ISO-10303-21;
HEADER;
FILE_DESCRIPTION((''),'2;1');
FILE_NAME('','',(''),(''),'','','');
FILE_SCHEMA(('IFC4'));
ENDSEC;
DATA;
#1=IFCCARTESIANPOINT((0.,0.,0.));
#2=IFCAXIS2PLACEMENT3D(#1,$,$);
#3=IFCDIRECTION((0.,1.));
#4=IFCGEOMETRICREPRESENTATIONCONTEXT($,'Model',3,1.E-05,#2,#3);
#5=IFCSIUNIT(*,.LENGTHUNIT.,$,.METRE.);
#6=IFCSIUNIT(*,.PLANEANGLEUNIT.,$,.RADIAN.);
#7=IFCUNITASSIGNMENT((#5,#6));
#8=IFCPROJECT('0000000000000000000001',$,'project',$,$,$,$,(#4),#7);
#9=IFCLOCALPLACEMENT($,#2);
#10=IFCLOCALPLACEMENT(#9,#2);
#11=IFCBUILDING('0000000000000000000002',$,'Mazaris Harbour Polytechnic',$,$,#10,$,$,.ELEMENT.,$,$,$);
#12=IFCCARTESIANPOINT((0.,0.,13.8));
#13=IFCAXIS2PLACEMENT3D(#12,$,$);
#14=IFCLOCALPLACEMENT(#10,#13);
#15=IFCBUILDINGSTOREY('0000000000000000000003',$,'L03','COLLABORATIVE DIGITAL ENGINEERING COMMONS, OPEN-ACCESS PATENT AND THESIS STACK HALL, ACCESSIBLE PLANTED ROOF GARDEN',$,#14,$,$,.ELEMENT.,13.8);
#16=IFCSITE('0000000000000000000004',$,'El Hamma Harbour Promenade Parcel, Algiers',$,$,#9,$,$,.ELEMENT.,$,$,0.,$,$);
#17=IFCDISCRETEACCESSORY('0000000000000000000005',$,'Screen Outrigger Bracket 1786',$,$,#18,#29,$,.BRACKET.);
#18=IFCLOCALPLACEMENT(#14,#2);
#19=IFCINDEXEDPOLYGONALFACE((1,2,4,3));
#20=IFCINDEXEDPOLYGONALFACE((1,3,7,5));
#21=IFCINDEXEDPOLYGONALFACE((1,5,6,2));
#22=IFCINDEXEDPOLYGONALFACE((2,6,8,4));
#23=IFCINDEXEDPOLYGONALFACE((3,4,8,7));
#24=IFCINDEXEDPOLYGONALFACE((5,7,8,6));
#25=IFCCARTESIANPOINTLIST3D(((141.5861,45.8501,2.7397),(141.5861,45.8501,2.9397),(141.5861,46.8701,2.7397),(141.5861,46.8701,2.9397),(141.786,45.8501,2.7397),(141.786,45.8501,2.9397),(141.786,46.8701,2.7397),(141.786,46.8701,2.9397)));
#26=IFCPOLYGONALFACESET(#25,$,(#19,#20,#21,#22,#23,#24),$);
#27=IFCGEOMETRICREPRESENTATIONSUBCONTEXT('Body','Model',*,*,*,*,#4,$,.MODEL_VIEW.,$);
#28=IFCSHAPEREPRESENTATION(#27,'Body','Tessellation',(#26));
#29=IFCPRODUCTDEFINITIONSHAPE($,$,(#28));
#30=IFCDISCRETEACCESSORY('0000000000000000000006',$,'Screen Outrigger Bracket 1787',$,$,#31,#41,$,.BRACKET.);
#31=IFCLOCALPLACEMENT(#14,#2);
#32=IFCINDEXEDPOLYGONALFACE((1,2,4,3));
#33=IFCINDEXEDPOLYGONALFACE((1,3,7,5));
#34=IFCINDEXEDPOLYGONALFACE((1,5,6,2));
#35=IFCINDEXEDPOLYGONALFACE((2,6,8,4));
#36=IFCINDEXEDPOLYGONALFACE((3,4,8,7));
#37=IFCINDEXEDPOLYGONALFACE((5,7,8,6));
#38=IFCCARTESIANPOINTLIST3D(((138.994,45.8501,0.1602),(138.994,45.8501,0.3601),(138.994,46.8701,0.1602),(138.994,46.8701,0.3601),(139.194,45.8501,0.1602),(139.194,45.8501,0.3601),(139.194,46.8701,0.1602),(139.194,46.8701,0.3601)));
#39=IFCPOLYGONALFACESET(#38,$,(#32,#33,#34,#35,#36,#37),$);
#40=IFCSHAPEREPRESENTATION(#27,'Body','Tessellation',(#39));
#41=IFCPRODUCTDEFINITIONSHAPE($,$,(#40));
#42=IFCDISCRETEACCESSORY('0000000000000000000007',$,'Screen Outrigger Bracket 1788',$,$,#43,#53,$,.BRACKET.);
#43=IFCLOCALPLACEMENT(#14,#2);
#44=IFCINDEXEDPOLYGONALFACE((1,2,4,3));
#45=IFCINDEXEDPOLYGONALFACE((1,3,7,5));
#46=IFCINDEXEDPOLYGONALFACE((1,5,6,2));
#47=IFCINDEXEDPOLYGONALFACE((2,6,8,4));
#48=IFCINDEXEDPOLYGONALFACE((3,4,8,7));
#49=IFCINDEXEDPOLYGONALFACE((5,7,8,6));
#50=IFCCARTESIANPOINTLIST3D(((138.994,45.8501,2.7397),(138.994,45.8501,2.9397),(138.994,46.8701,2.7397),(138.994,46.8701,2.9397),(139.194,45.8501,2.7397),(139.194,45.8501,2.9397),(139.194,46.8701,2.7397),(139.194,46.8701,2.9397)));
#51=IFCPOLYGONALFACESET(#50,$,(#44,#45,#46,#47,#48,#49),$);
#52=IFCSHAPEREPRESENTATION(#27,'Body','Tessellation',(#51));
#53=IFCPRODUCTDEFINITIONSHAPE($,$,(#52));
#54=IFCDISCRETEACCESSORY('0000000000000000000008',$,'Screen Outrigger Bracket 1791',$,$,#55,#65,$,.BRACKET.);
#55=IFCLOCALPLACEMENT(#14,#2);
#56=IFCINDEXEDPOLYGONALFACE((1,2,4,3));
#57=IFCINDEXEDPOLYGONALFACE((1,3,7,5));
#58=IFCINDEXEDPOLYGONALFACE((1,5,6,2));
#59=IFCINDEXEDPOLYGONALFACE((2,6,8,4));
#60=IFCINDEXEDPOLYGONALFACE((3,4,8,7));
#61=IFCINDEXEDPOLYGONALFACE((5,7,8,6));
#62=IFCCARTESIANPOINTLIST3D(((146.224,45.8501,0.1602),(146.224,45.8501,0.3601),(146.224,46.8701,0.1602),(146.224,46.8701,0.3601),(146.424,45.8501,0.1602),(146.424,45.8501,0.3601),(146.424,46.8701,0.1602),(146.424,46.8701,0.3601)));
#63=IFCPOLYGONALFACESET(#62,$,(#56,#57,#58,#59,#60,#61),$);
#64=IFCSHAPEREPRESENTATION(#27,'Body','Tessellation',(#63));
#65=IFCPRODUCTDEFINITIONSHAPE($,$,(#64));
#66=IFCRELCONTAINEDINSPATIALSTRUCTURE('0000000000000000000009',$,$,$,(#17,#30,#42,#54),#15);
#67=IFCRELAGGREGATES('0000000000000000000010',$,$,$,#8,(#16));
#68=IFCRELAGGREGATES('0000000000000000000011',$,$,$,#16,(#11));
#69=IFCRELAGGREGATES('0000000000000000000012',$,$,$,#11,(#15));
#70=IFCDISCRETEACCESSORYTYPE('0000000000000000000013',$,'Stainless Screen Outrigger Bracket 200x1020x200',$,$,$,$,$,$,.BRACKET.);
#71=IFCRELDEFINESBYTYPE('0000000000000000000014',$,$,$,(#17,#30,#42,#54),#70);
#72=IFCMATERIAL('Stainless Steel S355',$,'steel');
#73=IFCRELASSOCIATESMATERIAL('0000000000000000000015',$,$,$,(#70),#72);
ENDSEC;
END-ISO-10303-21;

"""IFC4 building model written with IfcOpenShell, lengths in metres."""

from ifc_helpers import new_model, si_unit, direction, frame, origin, origin_2d, place, context, subcontext, project, spatial, rectangle, extrude, material, type_object, element, save


model = new_model("IFC4")

# Units and contexts
model_context = context("Model", 3, precision=1e-05, world=origin(), true_north=direction((0.0, 1.0)))
body_context = subcontext(model_context, "Body", "Model", "MODEL_VIEW")
ifc_project = project(units=[si_unit("LENGTHUNIT", "METRE"), si_unit("PLANEANGLEUNIT", "RADIAN")], contexts=[model_context])

# Site, building, storey
site_placement = place(None, origin())
site = spatial("IfcSite", under=ifc_project, at=site_placement, Name="El Hamma Harbour Promenade Parcel, Algiers", CompositionType="ELEMENT", RefElevation=0.0)
building_placement = place(site_placement, origin())
building = spatial("IfcBuilding", under=site, at=building_placement, Name="Mazaris Harbour Polytechnic", CompositionType="ELEMENT")
storey_placement = place(building_placement, frame((0.0, 0.0, 13.8)))
storey = spatial("IfcBuildingStorey", under=building, at=storey_placement, Name="L03", Description="COLLABORATIVE DIGITAL ENGINEERING COMMONS, OPEN-ACCESS PATENT AND THESIS STACK HALL, ACCESSIBLE PLANTED ROOF GARDEN", CompositionType="ELEMENT", Elevation=13.8)

# Discrete accessories
ifc_material_1 = material(Name="Stainless Steel S355", Category="steel")
discrete_accessory_type = type_object("IfcDiscreteAccessoryType", Name="Stainless Screen Outrigger Bracket 200x1020x200", PredefinedType="BRACKET", material=ifc_material_1)
for number, where, z_axis, x_axis, name in (
    (1, (141.686, 46.3601, 2.7397), (0.0, 0.0, 1.0), (-1.0, 0.0, 0.0), "Screen Outrigger Bracket 1786"),
    (2, (139.094, 46.3601, 0.1602), (0.0, 0.0, 1.0), (-1.0, 0.0, 0.0), "Screen Outrigger Bracket 1787"),
    (3, (139.094, 46.3601, 2.7397), (0.0, 0.0, 1.0), (-1.0, 0.0, 0.0), "Screen Outrigger Bracket 1788"),
    (4, (146.324, 46.3601, 0.1602), (0.0, 0.0, 1.0), (-1.0, 0.0, 0.0), "Screen Outrigger Bracket 1791"),
):
    element("IfcDiscreteAccessory", number, at=place(storey_placement, frame(where, z_axis=z_axis, x_axis=x_axis)), inside=storey, type_object=discrete_accessory_type, Name=name, PredefinedType="BRACKET", context=body_context, shape_type="SweptSolid", body=[
        extrude(rectangle(XDim=0.2, YDim=1.02, at=origin_2d()), origin(), (0.0, 0.0, 1.0), 0.2),
    ])

save(model, "model.ifc")
